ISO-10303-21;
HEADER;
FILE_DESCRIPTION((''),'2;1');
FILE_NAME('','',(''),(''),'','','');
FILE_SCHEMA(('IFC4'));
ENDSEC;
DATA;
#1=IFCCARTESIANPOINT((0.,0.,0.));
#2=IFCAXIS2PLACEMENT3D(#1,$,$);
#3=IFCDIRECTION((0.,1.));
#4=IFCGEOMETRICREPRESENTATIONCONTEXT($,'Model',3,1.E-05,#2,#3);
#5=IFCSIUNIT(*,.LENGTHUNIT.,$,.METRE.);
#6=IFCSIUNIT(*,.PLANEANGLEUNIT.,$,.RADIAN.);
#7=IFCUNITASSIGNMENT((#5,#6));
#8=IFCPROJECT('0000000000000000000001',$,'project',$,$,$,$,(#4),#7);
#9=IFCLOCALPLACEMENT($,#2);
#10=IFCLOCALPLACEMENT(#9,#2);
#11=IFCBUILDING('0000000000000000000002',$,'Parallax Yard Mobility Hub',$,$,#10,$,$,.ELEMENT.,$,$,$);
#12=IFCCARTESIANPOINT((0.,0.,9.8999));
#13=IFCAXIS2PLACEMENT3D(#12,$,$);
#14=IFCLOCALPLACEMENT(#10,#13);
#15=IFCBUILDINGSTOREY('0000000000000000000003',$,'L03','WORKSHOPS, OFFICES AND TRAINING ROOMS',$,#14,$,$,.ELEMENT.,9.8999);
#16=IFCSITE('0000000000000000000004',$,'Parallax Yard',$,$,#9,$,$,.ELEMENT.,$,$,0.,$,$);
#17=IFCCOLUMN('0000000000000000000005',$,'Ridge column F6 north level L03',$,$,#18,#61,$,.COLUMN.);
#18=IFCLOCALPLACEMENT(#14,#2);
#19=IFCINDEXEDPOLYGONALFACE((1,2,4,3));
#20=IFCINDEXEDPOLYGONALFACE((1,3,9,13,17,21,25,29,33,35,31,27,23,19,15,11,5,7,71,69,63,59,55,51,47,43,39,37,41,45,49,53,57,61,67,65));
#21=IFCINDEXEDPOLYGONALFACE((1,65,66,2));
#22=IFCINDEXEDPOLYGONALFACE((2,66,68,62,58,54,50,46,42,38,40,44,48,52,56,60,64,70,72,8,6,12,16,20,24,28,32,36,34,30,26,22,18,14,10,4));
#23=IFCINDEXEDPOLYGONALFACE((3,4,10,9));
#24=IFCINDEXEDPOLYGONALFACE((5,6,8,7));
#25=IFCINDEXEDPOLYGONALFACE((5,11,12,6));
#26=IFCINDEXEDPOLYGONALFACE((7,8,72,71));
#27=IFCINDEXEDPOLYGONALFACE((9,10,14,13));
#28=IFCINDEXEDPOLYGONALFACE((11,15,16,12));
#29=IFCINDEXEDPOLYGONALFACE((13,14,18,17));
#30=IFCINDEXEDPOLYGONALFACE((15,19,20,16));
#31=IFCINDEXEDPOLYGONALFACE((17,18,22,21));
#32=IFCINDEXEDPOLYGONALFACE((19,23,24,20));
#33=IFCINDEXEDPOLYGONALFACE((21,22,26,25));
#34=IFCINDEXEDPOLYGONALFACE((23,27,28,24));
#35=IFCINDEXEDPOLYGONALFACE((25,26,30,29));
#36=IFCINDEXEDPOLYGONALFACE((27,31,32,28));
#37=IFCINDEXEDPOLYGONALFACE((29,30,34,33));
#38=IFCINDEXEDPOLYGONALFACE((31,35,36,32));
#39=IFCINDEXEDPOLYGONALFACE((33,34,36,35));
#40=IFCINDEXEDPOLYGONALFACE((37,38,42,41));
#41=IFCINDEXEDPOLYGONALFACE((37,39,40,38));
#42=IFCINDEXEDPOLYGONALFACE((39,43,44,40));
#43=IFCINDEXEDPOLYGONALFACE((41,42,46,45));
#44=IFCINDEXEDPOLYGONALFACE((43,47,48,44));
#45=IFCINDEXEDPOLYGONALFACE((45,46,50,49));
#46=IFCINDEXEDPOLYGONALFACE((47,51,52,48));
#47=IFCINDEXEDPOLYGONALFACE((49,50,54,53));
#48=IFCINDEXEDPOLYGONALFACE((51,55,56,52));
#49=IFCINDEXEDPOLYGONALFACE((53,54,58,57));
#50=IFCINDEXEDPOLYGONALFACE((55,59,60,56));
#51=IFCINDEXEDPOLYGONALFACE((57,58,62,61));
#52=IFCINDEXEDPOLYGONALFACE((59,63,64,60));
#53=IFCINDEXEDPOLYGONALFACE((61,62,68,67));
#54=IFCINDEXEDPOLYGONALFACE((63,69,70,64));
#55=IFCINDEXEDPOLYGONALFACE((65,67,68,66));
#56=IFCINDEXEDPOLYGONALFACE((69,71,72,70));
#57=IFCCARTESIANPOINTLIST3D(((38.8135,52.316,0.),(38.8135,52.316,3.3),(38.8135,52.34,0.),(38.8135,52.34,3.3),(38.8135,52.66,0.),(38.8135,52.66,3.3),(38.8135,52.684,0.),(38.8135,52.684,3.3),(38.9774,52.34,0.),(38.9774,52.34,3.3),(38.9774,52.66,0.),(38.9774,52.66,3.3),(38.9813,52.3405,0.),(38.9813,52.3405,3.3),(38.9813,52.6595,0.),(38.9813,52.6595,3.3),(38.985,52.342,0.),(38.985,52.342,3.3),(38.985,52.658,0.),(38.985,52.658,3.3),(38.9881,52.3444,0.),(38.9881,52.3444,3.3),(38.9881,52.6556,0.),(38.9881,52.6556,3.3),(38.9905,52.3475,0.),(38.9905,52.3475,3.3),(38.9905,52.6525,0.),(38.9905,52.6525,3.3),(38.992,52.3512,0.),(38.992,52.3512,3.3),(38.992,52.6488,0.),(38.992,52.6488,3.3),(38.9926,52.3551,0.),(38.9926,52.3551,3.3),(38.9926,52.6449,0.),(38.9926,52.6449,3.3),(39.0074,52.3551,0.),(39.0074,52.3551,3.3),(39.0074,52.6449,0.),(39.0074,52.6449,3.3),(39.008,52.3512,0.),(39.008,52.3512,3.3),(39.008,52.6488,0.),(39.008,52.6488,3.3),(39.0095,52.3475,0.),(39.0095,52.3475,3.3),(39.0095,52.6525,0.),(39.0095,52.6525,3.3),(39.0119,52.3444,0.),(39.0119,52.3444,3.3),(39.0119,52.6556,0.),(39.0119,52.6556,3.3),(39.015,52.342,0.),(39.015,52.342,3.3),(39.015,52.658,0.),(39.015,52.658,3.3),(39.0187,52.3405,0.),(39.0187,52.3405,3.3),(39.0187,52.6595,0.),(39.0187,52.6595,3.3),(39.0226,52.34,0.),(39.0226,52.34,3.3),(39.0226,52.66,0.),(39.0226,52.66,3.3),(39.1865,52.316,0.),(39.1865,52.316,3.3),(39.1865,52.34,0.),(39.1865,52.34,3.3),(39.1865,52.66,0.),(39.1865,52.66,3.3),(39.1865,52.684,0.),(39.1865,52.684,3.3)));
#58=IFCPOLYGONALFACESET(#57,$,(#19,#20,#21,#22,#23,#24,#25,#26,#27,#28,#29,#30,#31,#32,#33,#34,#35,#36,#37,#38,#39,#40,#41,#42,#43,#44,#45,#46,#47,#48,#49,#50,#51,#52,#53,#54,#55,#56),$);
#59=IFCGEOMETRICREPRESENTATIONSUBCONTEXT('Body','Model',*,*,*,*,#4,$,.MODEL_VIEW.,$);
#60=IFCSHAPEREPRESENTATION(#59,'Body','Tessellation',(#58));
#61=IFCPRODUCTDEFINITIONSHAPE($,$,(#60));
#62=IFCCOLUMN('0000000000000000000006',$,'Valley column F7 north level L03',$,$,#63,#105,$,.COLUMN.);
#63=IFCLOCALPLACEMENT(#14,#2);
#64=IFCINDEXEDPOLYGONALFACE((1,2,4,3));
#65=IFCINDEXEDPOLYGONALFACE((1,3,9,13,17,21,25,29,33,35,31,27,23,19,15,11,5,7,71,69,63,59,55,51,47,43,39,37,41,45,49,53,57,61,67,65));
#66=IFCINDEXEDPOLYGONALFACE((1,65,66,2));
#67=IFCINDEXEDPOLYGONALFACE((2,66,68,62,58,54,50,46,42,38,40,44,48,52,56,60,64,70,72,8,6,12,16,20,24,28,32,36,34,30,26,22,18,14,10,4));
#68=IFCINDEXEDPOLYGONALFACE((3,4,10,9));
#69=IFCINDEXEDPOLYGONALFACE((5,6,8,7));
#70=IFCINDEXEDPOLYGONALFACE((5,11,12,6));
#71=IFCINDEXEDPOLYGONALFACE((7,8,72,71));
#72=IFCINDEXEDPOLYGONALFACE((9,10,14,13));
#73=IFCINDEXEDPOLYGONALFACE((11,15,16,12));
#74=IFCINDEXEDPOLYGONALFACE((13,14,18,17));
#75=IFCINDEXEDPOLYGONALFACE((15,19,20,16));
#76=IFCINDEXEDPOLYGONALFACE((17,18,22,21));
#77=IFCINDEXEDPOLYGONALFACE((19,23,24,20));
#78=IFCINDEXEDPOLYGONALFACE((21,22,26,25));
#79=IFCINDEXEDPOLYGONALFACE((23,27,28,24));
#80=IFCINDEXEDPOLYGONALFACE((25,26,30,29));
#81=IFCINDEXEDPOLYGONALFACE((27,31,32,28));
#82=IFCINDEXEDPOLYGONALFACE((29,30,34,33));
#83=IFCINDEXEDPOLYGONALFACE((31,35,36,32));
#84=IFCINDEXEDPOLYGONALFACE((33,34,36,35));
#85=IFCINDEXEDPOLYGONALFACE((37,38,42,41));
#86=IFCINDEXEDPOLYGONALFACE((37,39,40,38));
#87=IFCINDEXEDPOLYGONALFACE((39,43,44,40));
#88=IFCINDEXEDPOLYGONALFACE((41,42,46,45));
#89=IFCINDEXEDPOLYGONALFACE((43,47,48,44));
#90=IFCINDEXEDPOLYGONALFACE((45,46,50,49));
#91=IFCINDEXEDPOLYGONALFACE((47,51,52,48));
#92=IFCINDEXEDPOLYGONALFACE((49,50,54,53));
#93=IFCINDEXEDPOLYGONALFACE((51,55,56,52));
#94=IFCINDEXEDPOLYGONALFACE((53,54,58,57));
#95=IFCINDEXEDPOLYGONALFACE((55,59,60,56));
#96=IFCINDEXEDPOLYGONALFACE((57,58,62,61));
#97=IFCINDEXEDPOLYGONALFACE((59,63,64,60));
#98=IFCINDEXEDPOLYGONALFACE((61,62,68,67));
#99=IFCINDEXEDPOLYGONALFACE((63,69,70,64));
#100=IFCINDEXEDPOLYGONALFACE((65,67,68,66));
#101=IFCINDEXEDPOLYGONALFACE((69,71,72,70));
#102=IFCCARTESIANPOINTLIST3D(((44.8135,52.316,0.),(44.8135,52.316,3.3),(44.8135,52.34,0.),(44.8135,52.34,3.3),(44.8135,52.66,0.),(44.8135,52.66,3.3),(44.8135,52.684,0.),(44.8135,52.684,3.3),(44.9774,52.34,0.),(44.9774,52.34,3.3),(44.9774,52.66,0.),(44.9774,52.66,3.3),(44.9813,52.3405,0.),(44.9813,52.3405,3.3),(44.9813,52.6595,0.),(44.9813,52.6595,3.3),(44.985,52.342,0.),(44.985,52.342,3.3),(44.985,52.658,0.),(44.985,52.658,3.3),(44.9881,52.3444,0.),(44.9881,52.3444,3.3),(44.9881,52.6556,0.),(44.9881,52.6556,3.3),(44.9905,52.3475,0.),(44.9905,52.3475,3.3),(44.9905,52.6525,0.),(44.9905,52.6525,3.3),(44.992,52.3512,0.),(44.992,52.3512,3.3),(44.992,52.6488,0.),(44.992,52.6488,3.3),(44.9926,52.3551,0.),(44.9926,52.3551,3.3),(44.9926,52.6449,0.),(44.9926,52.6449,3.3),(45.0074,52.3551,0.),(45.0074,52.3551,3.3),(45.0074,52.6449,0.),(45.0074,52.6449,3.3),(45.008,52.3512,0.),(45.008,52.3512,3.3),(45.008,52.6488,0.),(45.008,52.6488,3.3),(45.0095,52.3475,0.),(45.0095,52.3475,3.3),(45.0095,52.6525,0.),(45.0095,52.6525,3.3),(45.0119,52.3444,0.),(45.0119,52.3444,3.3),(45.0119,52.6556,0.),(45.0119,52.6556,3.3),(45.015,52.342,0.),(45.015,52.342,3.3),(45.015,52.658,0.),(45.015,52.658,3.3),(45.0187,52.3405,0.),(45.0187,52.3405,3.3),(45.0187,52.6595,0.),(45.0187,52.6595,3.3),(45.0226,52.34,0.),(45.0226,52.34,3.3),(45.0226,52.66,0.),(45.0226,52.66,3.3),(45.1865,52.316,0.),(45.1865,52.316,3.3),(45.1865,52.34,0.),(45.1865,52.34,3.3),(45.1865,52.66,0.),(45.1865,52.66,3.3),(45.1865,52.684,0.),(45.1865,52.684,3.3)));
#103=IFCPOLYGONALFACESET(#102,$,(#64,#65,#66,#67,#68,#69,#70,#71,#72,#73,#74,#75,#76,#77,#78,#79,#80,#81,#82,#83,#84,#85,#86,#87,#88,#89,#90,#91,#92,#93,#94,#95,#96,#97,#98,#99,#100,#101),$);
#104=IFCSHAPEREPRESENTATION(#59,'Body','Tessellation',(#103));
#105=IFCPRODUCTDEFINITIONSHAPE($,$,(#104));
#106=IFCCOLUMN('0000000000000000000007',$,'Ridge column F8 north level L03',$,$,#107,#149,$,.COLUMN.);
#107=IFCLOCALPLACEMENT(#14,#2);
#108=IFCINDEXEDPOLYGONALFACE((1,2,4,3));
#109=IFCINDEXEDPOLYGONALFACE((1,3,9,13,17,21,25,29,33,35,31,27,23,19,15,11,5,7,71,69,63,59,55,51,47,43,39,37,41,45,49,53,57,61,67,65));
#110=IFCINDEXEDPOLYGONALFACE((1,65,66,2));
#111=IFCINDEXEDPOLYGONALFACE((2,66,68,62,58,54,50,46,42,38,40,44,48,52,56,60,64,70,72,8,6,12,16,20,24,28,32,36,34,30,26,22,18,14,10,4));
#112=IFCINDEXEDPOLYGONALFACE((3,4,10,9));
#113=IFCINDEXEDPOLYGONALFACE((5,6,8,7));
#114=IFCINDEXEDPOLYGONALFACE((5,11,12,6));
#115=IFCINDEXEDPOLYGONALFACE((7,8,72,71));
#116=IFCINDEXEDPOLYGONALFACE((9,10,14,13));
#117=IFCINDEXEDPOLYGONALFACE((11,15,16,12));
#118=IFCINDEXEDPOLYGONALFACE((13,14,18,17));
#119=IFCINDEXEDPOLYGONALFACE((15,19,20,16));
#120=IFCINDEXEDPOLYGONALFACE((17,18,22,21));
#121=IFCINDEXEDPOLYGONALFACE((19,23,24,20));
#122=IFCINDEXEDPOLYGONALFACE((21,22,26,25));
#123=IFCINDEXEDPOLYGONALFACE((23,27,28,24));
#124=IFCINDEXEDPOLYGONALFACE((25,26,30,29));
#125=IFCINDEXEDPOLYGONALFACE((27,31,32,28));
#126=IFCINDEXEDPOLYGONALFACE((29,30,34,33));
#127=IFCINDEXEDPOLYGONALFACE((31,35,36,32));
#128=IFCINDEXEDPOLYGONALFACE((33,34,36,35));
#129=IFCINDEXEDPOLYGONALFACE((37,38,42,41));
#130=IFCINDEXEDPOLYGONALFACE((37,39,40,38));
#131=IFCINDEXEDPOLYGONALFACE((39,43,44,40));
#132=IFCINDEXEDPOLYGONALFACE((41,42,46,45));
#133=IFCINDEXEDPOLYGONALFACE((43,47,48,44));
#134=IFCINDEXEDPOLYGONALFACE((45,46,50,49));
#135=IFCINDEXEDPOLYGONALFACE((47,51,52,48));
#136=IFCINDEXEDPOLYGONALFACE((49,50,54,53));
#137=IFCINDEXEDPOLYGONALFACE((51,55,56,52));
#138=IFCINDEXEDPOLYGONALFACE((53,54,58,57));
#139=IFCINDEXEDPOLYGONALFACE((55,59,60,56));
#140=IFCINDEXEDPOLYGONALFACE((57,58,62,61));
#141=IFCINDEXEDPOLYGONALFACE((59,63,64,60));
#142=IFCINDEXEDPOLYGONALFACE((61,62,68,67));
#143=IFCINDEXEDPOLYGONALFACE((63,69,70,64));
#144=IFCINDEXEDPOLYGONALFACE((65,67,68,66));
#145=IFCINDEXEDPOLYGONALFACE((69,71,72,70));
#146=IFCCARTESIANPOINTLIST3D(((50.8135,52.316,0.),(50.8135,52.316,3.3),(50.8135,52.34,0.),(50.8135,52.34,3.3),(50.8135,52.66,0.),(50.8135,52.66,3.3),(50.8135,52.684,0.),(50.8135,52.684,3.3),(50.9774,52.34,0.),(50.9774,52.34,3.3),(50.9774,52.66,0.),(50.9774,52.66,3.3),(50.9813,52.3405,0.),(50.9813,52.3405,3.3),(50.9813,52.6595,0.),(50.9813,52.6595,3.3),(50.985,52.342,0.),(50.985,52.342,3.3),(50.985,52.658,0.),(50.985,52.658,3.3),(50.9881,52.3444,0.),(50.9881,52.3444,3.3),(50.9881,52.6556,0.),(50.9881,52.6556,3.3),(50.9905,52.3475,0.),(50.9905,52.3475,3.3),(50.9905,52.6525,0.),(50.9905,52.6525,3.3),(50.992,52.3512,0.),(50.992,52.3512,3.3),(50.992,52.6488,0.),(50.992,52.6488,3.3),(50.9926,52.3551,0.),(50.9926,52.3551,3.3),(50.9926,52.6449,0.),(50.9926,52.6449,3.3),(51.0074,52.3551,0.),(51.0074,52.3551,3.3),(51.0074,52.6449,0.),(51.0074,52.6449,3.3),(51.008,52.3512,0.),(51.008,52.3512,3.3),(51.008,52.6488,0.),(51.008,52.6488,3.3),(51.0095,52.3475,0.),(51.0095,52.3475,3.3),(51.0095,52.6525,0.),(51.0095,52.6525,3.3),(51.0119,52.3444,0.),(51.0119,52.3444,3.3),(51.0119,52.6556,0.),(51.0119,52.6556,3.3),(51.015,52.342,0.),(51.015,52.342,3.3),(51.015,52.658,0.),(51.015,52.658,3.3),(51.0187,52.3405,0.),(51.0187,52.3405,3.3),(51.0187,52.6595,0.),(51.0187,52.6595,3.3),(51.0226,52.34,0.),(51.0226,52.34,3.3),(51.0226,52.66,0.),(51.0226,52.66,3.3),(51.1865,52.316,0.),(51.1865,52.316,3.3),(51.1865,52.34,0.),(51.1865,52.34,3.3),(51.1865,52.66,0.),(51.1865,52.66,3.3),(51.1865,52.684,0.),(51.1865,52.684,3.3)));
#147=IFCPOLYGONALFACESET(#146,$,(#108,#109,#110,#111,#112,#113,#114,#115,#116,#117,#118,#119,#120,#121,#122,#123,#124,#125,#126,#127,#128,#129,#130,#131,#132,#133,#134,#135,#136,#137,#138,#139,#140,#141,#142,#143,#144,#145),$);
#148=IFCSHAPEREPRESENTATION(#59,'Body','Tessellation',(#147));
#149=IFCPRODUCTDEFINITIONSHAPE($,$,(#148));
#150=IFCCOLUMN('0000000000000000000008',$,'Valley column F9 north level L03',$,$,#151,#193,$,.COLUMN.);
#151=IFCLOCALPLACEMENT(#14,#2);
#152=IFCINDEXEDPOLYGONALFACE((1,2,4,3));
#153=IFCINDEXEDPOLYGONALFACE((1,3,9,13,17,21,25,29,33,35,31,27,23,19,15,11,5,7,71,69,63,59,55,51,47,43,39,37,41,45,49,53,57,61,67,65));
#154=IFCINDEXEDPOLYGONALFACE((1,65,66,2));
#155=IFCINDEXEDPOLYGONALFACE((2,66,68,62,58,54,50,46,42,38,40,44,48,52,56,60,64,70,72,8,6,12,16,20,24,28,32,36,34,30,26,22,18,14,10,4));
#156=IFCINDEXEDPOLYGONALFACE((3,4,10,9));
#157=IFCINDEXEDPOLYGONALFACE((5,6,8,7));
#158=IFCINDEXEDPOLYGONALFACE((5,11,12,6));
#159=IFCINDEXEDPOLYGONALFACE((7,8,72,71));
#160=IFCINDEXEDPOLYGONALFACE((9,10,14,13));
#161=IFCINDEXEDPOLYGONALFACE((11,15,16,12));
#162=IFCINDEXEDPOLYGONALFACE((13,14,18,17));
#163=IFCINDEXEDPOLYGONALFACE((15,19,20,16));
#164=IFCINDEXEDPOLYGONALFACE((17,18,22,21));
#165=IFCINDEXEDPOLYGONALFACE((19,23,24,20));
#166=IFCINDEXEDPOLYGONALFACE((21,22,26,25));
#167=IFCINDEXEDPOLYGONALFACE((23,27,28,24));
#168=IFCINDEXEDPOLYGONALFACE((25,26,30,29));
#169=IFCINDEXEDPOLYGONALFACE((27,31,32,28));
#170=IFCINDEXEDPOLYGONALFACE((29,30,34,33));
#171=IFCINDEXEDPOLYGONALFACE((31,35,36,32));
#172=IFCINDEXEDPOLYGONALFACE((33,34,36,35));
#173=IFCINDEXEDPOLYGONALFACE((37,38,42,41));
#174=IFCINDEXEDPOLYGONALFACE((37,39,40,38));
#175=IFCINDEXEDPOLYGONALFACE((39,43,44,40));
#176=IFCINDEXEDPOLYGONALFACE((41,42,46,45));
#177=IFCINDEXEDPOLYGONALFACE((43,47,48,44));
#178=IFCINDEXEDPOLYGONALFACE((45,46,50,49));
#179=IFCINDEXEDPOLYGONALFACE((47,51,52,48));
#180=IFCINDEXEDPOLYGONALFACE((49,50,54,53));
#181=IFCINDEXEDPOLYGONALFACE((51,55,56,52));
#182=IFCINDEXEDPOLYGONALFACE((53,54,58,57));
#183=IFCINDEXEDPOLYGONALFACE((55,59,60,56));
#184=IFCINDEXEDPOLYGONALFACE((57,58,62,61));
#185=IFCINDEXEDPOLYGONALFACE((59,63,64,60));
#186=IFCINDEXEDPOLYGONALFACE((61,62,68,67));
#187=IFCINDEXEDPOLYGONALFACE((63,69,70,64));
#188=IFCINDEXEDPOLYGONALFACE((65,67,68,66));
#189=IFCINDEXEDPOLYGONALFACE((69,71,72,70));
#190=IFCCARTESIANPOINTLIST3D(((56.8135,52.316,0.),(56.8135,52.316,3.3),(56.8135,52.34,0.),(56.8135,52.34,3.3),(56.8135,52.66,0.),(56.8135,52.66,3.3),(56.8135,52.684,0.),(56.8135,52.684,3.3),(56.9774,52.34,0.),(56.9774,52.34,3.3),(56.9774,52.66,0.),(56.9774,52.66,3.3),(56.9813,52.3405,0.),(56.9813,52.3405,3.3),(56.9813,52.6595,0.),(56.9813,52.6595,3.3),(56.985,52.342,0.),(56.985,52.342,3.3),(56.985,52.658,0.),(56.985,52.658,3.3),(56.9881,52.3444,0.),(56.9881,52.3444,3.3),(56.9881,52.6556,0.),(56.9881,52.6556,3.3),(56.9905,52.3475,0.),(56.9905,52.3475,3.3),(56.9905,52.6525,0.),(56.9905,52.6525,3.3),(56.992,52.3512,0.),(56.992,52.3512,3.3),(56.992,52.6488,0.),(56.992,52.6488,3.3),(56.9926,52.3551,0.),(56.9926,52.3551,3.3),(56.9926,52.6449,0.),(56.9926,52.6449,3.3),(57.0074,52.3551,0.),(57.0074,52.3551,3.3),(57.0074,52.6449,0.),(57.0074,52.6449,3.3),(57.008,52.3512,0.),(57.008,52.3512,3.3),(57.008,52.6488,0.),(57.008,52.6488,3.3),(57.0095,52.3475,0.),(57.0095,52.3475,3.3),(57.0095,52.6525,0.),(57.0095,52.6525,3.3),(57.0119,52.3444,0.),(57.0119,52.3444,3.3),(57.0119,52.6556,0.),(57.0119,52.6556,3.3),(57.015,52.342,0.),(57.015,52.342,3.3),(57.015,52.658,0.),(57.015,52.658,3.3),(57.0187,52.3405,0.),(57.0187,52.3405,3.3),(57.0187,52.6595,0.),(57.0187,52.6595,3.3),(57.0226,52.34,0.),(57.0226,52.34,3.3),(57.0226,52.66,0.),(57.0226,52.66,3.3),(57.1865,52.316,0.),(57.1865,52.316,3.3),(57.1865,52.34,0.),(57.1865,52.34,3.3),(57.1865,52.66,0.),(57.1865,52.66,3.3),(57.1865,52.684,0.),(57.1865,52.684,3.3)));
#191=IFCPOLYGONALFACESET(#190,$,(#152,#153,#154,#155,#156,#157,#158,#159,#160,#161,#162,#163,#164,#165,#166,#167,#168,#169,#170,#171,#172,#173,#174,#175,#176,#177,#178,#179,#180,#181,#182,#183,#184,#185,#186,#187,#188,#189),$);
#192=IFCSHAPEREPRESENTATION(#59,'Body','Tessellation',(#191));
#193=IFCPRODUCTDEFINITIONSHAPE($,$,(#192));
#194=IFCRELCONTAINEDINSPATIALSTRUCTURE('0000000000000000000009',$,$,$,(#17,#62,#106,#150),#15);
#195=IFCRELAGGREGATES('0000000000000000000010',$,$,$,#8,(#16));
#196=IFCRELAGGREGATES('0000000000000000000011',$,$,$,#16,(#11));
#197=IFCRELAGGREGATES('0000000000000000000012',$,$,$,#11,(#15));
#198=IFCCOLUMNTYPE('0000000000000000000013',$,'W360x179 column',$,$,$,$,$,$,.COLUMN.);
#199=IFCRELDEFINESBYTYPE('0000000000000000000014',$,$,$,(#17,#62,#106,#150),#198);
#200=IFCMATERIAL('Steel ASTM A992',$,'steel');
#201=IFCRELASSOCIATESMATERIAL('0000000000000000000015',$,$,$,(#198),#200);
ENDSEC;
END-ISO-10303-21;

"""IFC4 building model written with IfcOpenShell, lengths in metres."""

from ifc_helpers import new_model, si_unit, direction, frame, origin, origin_2d, place, context, subcontext, project, spatial, i_section, extrude, material, material_profile, profile_set, type_object, element, save


model = new_model("IFC4")

# Units and contexts
model_context = context("Model", 3, precision=1e-05, world=origin(), true_north=direction((0.0, 1.0)))
body_context = subcontext(model_context, "Body", "Model", "MODEL_VIEW")
ifc_project = project(units=[si_unit("LENGTHUNIT", "METRE"), si_unit("PLANEANGLEUNIT", "RADIAN")], contexts=[model_context])

# Site, building, storey
site_placement = place(None, origin())
site = spatial("IfcSite", under=ifc_project, at=site_placement, Name="Parallax Yard", CompositionType="ELEMENT", RefElevation=0.0)
building_placement = place(site_placement, origin())
building = spatial("IfcBuilding", under=site, at=building_placement, Name="Parallax Yard Mobility Hub", CompositionType="ELEMENT")
storey_placement = place(building_placement, frame((0.0, 0.0, 9.8999)))
storey = spatial("IfcBuildingStorey", under=building, at=storey_placement, Name="L03", Description="WORKSHOPS, OFFICES AND TRAINING ROOMS", CompositionType="ELEMENT", Elevation=9.8999)

# Columns
ifc_material_1 = material(Name="Steel ASTM A992", Category="steel")
ifc_material_profile_1 = material_profile(ifc_material_1, i_section(OverallWidth=0.373, OverallDepth=0.3679, WebThickness=0.0149, FlangeThickness=0.0239, FilletRadius=0.0151, at=origin_2d()), Name="W360x179")
ifc_profile_set_1 = profile_set([ifc_material_profile_1], Name="Steel ASTM A992")
column_type = type_object("IfcColumnType", Name="W360x179 column", PredefinedType="COLUMN", material=ifc_profile_set_1)
for number, where, z_axis, x_axis, name in (
    (1, (39.0, 52.5, 0.0), (0.0, 0.0, 1.0), (1.0, 0.0, 0.0), "Ridge column F6 north level L03"),
    (2, (45.0, 52.5, 0.0), (0.0, 0.0, 1.0), (1.0, 0.0, 0.0), "Valley column F7 north level L03"),
    (3, (51.0, 52.5, 0.0), (0.0, 0.0, 1.0), (1.0, 0.0, 0.0), "Ridge column F8 north level L03"),
    (4, (57.0, 52.5, 0.0), (0.0, 0.0, 1.0), (1.0, 0.0, 0.0), "Valley column F9 north level L03"),
):
    element("IfcColumn", number, at=place(storey_placement, frame(where, z_axis=z_axis, x_axis=x_axis)), inside=storey, type_object=column_type, Name=name, PredefinedType="COLUMN", context=body_context, shape_type="SweptSolid", body=[
        extrude(i_section(OverallWidth=0.373, OverallDepth=0.3679, WebThickness=0.0149, FlangeThickness=0.0239, FilletRadius=0.0151, at=origin_2d()), origin(), (0.0, 0.0, 1.0), 3.3),
    ])

save(model, "model.ifc")
